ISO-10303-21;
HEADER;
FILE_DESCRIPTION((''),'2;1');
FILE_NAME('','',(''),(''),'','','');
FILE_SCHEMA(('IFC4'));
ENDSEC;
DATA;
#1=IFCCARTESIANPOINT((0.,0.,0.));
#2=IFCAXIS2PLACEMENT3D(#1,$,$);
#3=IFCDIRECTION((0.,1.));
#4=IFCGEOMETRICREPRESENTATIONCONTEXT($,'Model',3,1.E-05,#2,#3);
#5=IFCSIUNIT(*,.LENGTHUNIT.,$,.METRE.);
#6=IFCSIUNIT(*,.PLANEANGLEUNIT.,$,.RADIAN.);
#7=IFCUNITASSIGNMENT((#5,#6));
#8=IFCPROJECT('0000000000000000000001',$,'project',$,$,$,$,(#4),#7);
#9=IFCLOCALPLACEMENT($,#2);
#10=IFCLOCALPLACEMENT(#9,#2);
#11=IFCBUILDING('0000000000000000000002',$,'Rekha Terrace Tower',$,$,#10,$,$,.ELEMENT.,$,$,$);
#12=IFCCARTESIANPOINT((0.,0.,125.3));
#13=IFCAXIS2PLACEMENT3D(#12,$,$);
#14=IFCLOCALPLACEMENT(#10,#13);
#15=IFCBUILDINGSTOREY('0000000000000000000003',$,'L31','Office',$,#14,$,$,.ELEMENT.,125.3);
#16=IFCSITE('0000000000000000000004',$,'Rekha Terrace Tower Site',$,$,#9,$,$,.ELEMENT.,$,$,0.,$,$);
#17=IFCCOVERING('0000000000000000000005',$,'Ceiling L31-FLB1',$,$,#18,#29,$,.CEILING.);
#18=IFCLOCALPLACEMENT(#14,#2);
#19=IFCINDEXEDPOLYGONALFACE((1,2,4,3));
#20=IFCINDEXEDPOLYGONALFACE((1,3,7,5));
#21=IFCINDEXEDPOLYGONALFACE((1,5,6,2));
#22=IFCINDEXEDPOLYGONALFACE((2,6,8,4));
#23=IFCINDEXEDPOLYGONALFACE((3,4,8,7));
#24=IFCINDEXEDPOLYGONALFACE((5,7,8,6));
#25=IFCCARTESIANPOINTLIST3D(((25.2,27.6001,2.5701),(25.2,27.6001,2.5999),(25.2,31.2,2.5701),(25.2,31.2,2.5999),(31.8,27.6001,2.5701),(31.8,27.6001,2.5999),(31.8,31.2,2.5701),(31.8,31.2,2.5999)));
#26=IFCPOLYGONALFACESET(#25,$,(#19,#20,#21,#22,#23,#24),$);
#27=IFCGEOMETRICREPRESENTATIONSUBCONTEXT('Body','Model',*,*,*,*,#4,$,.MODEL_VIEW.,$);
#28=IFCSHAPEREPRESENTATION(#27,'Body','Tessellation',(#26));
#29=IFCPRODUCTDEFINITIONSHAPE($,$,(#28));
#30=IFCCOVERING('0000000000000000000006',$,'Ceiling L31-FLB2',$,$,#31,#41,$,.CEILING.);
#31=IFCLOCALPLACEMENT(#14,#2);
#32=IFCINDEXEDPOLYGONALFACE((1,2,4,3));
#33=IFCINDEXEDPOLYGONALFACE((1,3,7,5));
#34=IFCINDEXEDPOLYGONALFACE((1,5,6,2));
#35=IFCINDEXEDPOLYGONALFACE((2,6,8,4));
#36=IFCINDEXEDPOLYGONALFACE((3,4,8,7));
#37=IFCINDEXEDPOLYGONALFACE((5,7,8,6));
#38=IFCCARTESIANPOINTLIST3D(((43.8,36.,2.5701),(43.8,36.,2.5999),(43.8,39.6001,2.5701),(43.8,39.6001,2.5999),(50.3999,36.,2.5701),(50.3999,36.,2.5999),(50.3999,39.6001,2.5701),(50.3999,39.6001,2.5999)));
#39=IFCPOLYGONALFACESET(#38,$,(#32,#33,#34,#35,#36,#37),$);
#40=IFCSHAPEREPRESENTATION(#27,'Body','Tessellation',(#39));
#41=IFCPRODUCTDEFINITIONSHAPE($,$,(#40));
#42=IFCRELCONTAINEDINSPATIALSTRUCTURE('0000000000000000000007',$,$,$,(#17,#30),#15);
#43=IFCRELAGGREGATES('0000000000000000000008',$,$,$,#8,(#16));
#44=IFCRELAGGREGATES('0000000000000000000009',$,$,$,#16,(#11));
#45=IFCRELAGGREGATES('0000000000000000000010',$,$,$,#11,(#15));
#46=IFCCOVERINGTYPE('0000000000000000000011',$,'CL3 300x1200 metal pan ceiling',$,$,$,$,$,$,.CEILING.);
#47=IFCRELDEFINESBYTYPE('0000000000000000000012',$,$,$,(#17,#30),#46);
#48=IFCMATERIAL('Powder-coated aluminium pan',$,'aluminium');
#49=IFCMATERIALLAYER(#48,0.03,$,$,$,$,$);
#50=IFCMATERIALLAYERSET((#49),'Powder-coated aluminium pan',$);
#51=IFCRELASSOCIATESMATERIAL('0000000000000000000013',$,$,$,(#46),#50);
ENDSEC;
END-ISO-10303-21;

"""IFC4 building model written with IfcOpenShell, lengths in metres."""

from ifc_helpers import new_model, si_unit, direction, frame, origin, place, context, subcontext, project, spatial, polyline, outline, extrude, material, layer, layer_set, type_object, element, save


model = new_model("IFC4")

# Units and contexts
model_context = context("Model", 3, precision=1e-05, world=origin(), true_north=direction((0.0, 1.0)))
body_context = subcontext(model_context, "Body", "Model", "MODEL_VIEW")
ifc_project = project(units=[si_unit("LENGTHUNIT", "METRE"), si_unit("PLANEANGLEUNIT", "RADIAN")], contexts=[model_context])

# Site, building, storey
site_placement = place(None, origin())
site = spatial("IfcSite", under=ifc_project, at=site_placement, Name="Rekha Terrace Tower Site", CompositionType="ELEMENT", RefElevation=0.0)
building_placement = place(site_placement, origin())
building = spatial("IfcBuilding", under=site, at=building_placement, Name="Rekha Terrace Tower", CompositionType="ELEMENT")
storey_placement = place(building_placement, frame((0.0, 0.0, 125.3)))
storey = spatial("IfcBuildingStorey", under=building, at=storey_placement, Name="L31", Description="Office", CompositionType="ELEMENT", Elevation=125.3)

# Coverings
ifc_material_1 = material(Name="Powder-coated aluminium pan", Category="aluminium")
ifc_layer_1 = layer(ifc_material_1, 0.03)
ifc_layer_set_1 = layer_set([ifc_layer_1], Name="Powder-coated aluminium pan")
covering_type_1 = type_object("IfcCoveringType", Name="CL3 300x1200 metal pan ceiling", PredefinedType="CEILING", material=ifc_layer_set_1)
covering_1_placement = place(storey_placement, frame((0.0, 0.0, 2.5701)))
element("IfcCovering", 1, at=covering_1_placement, inside=storey, type_object=covering_type_1, Name="Ceiling L31-FLB1", PredefinedType="CEILING", context=body_context, shape_type="SweptSolid", body=[
    extrude(outline(polyline([(31.8, 31.2), (25.2, 31.2), (25.2, 27.6001), (31.8, 27.6001), (31.8, 31.2)])), origin(), (0.0, 0.0, 1.0), 0.0298),
])
covering_2_placement = place(storey_placement, frame((0.0, 0.0, 2.5701)))
element("IfcCovering", 2, at=covering_2_placement, inside=storey, type_object=covering_type_1, Name="Ceiling L31-FLB2", PredefinedType="CEILING", context=body_context, shape_type="SweptSolid", body=[
    extrude(outline(polyline([(50.3999, 39.6001), (43.8, 39.6001), (43.8, 36.0), (50.3999, 36.0), (50.3999, 39.6001)])), origin(), (0.0, 0.0, 1.0), 0.0298),
])

save(model, "model.ifc")
